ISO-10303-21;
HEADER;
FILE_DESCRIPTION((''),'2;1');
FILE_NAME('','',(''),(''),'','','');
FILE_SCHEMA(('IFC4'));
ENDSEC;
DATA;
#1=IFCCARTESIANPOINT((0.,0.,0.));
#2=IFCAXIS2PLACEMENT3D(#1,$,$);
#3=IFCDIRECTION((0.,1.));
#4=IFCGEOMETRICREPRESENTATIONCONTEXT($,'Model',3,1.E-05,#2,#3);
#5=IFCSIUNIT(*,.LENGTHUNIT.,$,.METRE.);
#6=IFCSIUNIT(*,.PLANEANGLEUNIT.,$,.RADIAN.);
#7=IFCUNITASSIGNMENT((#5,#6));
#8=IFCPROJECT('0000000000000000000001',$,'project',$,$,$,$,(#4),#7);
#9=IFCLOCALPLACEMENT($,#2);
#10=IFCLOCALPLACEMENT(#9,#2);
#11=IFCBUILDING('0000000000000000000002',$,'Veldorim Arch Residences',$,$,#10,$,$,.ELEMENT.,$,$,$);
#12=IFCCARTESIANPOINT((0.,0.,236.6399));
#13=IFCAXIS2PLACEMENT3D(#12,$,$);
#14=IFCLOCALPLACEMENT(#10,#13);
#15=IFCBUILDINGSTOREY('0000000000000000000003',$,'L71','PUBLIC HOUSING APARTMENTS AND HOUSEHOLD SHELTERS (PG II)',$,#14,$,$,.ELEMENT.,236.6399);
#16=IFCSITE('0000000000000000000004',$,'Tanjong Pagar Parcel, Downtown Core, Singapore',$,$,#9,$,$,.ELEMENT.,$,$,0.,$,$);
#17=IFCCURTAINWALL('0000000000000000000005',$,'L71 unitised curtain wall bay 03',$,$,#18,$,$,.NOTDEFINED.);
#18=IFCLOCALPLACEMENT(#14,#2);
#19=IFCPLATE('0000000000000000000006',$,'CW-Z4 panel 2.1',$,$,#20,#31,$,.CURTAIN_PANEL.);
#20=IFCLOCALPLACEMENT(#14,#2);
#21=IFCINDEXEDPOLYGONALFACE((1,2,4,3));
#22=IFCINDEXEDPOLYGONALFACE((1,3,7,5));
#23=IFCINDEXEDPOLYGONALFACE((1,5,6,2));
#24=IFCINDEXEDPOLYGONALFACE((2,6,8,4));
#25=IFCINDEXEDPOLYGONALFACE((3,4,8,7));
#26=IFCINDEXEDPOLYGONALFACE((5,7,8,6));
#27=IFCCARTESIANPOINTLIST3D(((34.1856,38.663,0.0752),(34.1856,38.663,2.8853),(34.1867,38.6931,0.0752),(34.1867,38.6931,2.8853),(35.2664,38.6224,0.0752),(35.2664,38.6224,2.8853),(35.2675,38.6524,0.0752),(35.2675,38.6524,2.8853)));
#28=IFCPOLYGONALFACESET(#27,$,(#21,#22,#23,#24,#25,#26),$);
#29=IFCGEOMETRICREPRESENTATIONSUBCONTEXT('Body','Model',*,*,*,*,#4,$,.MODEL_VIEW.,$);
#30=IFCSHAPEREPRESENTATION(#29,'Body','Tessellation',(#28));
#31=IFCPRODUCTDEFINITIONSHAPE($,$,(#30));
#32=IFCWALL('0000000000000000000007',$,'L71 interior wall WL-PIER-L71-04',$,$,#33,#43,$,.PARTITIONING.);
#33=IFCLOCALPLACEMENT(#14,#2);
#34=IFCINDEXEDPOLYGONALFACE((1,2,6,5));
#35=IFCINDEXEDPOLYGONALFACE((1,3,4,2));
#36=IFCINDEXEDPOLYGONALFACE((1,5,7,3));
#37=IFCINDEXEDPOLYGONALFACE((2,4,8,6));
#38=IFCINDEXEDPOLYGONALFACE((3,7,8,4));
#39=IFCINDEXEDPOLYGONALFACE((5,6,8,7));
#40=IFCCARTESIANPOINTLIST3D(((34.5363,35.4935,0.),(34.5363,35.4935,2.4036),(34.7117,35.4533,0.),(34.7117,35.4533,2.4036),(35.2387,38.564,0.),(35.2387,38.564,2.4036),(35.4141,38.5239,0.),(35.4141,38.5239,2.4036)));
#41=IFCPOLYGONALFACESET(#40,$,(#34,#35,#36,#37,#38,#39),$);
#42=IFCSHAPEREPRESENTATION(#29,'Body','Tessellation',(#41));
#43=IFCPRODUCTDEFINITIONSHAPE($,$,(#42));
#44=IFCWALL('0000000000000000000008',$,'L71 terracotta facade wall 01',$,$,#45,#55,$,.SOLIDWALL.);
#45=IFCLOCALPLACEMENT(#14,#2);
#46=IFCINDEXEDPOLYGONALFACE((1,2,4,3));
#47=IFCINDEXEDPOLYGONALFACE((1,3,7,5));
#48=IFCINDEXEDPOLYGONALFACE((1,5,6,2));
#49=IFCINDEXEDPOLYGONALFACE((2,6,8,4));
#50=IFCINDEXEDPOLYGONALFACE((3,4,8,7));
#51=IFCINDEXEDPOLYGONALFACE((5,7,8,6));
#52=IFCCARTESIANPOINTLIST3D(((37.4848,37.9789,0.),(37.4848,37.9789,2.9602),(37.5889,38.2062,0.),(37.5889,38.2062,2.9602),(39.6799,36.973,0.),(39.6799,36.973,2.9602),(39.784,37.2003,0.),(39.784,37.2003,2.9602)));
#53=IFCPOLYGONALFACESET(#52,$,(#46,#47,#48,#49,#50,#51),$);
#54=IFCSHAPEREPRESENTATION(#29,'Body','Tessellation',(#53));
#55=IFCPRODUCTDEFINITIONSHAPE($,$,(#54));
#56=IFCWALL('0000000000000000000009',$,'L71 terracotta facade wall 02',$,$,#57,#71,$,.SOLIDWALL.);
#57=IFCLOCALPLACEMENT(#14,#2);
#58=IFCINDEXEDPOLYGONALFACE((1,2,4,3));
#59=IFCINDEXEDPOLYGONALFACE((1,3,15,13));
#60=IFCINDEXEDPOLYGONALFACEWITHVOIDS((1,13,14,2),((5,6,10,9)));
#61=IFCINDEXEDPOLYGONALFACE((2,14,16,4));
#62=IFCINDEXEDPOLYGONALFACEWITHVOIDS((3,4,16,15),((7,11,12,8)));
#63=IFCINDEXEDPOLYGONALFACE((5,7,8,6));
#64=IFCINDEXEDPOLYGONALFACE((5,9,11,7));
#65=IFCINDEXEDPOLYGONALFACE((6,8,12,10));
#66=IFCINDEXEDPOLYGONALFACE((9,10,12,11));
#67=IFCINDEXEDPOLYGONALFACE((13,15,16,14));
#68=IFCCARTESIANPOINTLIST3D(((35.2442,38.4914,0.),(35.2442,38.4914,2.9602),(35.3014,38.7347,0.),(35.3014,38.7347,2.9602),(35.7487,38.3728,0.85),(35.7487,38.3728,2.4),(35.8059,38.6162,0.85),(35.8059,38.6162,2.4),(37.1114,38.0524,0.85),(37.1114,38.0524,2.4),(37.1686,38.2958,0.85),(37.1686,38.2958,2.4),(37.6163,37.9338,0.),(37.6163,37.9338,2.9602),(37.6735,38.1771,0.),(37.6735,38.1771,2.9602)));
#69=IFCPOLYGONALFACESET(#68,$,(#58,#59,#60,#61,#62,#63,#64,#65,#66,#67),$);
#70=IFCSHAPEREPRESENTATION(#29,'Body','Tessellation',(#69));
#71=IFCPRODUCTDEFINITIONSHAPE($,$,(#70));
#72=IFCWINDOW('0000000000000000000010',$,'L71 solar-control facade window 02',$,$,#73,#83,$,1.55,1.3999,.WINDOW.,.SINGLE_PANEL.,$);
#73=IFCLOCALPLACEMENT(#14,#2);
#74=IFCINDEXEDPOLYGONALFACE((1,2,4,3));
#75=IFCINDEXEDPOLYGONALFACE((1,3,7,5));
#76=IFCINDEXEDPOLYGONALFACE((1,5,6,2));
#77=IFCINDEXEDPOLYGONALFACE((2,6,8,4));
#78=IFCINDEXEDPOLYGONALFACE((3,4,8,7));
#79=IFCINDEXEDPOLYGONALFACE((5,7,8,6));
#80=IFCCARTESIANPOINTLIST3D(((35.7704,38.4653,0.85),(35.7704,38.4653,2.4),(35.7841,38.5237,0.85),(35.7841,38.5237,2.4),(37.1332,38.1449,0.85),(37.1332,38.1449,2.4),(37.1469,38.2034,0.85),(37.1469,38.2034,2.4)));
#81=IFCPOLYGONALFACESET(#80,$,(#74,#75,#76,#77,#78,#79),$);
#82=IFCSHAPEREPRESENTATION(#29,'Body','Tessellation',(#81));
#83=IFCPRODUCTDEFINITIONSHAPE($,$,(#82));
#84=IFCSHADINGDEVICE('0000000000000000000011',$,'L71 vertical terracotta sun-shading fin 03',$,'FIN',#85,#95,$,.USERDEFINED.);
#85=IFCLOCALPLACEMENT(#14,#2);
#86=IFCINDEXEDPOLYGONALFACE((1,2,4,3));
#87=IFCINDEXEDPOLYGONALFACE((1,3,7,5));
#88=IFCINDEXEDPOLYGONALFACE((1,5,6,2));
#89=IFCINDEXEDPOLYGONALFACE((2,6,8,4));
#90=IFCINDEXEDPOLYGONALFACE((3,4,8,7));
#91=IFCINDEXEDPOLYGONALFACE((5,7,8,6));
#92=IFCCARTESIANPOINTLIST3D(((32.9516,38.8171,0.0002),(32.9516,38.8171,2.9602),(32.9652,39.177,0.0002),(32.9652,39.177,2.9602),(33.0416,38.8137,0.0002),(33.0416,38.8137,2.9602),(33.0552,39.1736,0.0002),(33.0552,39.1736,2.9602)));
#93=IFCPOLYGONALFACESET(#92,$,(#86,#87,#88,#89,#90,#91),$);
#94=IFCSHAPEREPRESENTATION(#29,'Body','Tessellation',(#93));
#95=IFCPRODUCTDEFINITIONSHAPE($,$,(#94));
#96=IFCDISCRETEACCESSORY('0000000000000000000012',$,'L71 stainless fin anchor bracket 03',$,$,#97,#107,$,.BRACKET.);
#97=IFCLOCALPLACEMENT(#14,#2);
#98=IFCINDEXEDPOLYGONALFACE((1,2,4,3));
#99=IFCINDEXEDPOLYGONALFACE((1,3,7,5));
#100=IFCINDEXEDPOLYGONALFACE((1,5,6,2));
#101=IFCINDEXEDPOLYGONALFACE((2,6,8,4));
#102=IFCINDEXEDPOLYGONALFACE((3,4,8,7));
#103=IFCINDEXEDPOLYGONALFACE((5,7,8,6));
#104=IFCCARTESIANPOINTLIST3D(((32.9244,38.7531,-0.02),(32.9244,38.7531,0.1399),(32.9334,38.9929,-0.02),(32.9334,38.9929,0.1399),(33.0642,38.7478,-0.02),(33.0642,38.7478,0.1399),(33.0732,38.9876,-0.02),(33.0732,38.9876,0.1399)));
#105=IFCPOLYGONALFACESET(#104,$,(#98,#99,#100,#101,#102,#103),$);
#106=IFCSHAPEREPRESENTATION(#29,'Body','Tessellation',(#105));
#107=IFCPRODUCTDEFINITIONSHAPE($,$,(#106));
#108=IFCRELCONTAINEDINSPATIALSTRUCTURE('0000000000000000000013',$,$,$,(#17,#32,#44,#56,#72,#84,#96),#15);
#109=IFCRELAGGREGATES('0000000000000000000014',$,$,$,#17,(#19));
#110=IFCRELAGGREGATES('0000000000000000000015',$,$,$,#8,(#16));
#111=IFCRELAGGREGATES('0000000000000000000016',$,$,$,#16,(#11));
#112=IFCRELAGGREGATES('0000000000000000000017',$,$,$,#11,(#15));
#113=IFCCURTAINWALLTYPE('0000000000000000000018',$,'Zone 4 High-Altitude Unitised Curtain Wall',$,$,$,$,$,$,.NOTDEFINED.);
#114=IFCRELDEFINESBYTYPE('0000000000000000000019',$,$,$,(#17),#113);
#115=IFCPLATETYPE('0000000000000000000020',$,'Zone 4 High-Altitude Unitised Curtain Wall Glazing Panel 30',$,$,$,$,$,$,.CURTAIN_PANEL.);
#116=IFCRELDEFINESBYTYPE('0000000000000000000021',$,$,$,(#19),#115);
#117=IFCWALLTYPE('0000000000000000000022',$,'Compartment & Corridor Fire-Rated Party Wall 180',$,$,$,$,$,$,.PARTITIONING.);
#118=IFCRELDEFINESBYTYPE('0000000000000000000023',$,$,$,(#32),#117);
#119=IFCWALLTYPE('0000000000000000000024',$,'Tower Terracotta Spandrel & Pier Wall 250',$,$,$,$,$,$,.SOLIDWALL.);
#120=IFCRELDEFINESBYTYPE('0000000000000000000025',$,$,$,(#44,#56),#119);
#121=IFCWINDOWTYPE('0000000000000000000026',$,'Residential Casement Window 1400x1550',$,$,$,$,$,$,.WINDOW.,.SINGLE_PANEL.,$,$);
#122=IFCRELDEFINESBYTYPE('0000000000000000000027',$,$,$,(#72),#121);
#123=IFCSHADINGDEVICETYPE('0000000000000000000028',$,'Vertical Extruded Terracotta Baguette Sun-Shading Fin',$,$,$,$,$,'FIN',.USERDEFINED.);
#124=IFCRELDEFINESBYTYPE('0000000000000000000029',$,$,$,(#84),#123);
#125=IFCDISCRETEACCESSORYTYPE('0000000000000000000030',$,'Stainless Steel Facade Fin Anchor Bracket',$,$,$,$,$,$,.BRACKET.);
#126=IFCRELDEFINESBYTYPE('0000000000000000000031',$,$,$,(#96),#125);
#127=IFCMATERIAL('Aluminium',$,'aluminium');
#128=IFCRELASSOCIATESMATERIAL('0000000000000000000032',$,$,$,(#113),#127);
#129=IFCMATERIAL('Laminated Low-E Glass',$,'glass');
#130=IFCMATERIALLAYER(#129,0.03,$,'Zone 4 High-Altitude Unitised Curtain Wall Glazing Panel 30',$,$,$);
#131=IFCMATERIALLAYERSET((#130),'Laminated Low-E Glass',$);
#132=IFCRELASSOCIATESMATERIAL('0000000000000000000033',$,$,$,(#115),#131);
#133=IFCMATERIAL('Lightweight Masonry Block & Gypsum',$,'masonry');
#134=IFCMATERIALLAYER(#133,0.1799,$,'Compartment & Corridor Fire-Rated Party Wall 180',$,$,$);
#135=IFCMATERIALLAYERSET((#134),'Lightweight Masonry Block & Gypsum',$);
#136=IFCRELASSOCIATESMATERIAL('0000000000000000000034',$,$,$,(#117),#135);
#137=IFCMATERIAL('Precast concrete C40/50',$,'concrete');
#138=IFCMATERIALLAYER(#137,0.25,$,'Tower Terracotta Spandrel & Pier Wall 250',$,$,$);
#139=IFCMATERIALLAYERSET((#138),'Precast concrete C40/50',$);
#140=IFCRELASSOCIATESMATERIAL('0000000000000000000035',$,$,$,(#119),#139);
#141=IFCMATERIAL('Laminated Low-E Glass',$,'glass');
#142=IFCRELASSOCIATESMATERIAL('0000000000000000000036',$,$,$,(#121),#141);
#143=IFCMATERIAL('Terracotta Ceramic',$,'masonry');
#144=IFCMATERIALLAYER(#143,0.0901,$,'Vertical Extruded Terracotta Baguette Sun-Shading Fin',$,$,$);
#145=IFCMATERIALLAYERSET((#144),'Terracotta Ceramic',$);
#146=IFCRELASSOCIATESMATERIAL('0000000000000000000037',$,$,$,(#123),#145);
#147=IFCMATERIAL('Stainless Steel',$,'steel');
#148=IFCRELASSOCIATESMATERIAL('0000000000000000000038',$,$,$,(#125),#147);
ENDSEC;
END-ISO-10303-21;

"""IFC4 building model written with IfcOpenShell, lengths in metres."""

from ifc_helpers import new_model, si_unit, direction, frame, frame_2d, origin, origin_2d, place, context, subcontext, project, spatial, rectangle, extrude, material, layer, layer_set, type_object, element, fill, aggregate, save


model = new_model("IFC4")

# Units and contexts
model_context = context("Model", 3, precision=1e-05, world=origin(), true_north=direction((0.0, 1.0)))
body_context = subcontext(model_context, "Body", "Model", "MODEL_VIEW")
ifc_project = project(units=[si_unit("LENGTHUNIT", "METRE"), si_unit("PLANEANGLEUNIT", "RADIAN")], contexts=[model_context])

# Site, building, storey
site_placement = place(None, origin())
site = spatial("IfcSite", under=ifc_project, at=site_placement, Name="Tanjong Pagar Parcel, Downtown Core, Singapore", CompositionType="ELEMENT", RefElevation=0.0)
building_placement = place(site_placement, origin())
building = spatial("IfcBuilding", under=site, at=building_placement, Name="Veldorim Arch Residences", CompositionType="ELEMENT")
storey_placement = place(building_placement, frame((0.0, 0.0, 236.6399)))
storey = spatial("IfcBuildingStorey", under=building, at=storey_placement, Name="L71", Description="PUBLIC HOUSING APARTMENTS AND HOUSEHOLD SHELTERS (PG II)", CompositionType="ELEMENT", Elevation=236.6399)

# Curtain wall, plate
ifc_material_1 = material(Name="Aluminium", Category="aluminium")
curtain_wall_type = type_object("IfcCurtainWallType", Name="Zone 4 High-Altitude Unitised Curtain Wall", PredefinedType="NOTDEFINED", material=ifc_material_1)
curtain_wall_placement = place(storey_placement, origin())
curtain_wall = element("IfcCurtainWall", 1, at=curtain_wall_placement, inside=storey, type_object=curtain_wall_type, Name="L71 unitised curtain wall bay 03", PredefinedType="NOTDEFINED")
ifc_material_2 = material(Name="Laminated Low-E Glass", Category="glass")
ifc_layer_1 = layer(ifc_material_2, 0.03, Name="Zone 4 High-Altitude Unitised Curtain Wall Glazing Panel 30")
ifc_layer_set_1 = layer_set([ifc_layer_1], Name="Laminated Low-E Glass")
plate_type = type_object("IfcPlateType", Name="Zone 4 High-Altitude Unitised Curtain Wall Glazing Panel 30", PredefinedType="CURTAIN_PANEL", material=ifc_layer_set_1)
plate_1_placement = place(storey_placement, frame((34.7266, 38.6577, 0.0752), z_axis=(0.0, 0.0, 1.0), x_axis=(0.999293, -0.037606, 0.0)))
plate_1 = element("IfcPlate", 2, at=plate_1_placement, type_object=plate_type, Name="CW-Z4 panel 2.1", PredefinedType="CURTAIN_PANEL", context=body_context, shape_type="SweptSolid", body=[
    extrude(rectangle(XDim=1.0815, YDim=0.03, at=origin_2d()), origin(), (0.0, 0.0, 1.0), 2.8101),
])
aggregate(curtain_wall, [plate_1])

# Walls
ifc_material_3 = material(Name="Lightweight Masonry Block & Gypsum", Category="masonry")
ifc_layer_2 = layer(ifc_material_3, 0.1799, Name="Compartment & Corridor Fire-Rated Party Wall 180")
ifc_layer_set_2 = layer_set([ifc_layer_2], Name="Lightweight Masonry Block & Gypsum")
wall_type_1 = type_object("IfcWallType", Name="Compartment & Corridor Fire-Rated Party Wall 180", PredefinedType="PARTITIONING", material=ifc_layer_set_2)
wall_1_placement = place(storey_placement, frame((34.624, 35.4734, 0.0), z_axis=(0.0, 0.0, 1.0), x_axis=(0.222991, 0.97482, 0.0)))
element("IfcWall", 3, at=wall_1_placement, inside=storey, type_object=wall_type_1, Name="L71 interior wall WL-PIER-L71-04", PredefinedType="PARTITIONING", context=body_context, shape_type="SweptSolid", body=[
    extrude(rectangle(XDim=3.1499, YDim=0.1799, at=frame_2d((1.575, 0.0))), origin(), (0.0, 0.0, 1.0), 2.4036),
])
ifc_material_4 = material(Name="Precast concrete C40/50", Category="concrete")
ifc_layer_3 = layer(ifc_material_4, 0.25, Name="Tower Terracotta Spandrel & Pier Wall 250")
ifc_layer_set_3 = layer_set([ifc_layer_3], Name="Precast concrete C40/50")
wall_type_2 = type_object("IfcWallType", Name="Tower Terracotta Spandrel & Pier Wall 250", PredefinedType="SOLIDWALL", material=ifc_layer_set_3)
wall_2_placement = place(storey_placement, frame((37.5369, 38.0925, 0.0), z_axis=(0.0, 0.0, 1.0), x_axis=(0.909098, -0.416582, 0.0)))
element("IfcWall", 4, at=wall_2_placement, inside=storey, type_object=wall_type_2, Name="L71 terracotta facade wall 01", PredefinedType="SOLIDWALL", context=body_context, shape_type="SweptSolid", body=[
    extrude(rectangle(XDim=2.4146, YDim=0.25, at=frame_2d((1.2073, 0.0))), origin(), (0.0, 0.0, 1.0), 2.9602),
])

# Wall, opening, window
wall_3_placement = place(storey_placement, frame((35.2729, 38.613, 0.0), z_axis=(0.0, 0.0, 1.0), x_axis=(0.973464, -0.228838, 0.0)))
wall_3 = element("IfcWall", 5, at=wall_3_placement, inside=storey, type_object=wall_type_2, Name="L71 terracotta facade wall 02", PredefinedType="SOLIDWALL", context=body_context, shape_type="SweptSolid", body=[
    extrude(rectangle(XDim=2.4368, YDim=0.25, at=frame_2d((1.2183, 0.0))), origin(), (0.0, 0.0, 1.0), 2.9602),
])
opening_placement = place(wall_3_placement, frame((0.5181, 0.0, 0.8501)))
opening = element("IfcOpeningElement", 6, at=opening_placement, cuts=wall_3, PredefinedType="OPENING", context=body_context, shape_type="SweptSolid", body=[
    extrude(rectangle(XDim=1.3999, YDim=1.55, at=frame_2d((0.7, 0.7749))), frame((0.0, 0.135, 0.0), z_axis=(0.0, -1.0, 0.0), x_axis=(1.0, 0.0, 0.0)), (0.0, 0.0, 1.0), 0.27),
])
ifc_material_5 = material(Name="Laminated Low-E Glass", Category="glass")
window_type = type_object("IfcWindowType", Name="Residential Casement Window 1400x1550", PartitioningType="SINGLE_PANEL", PredefinedType="WINDOW", material=ifc_material_5)
window_placement = place(opening_placement, origin())
window = element("IfcWindow", 7, at=window_placement, inside=storey, type_object=window_type, Name="L71 solar-control facade window 02", OverallHeight=1.55, OverallWidth=1.3999, PartitioningType="SINGLE_PANEL", PredefinedType="WINDOW", context=body_context, shape_type="SweptSolid", body=[
    extrude(rectangle(XDim=1.3999, YDim=1.55, at=frame_2d((0.7, 0.7749))), frame((0.0, 0.03, 0.0), z_axis=(0.0, -1.0, 0.0), x_axis=(1.0, 0.0, 0.0)), (0.0, 0.0, 1.0), 0.0601),
])
fill(opening, window)

# Shading device
ifc_material_6 = material(Name="Terracotta Ceramic", Category="masonry")
ifc_layer_4 = layer(ifc_material_6, 0.0901, Name="Vertical Extruded Terracotta Baguette Sun-Shading Fin")
ifc_layer_set_4 = layer_set([ifc_layer_4], Name="Terracotta Ceramic")
shading_device_type = type_object("IfcShadingDeviceType", Name="Vertical Extruded Terracotta Baguette Sun-Shading Fin", ElementType="FIN", PredefinedType="USERDEFINED", material=ifc_layer_set_4)
shading_device_placement = place(storey_placement, frame((33.0034, 38.9954, 0.0002), z_axis=(0.0, 0.0, 1.0), x_axis=(0.999289, -0.03769, 0.0)))
element("IfcShadingDevice", 8, at=shading_device_placement, inside=storey, type_object=shading_device_type, Name="L71 vertical terracotta sun-shading fin 03", ObjectType="FIN", PredefinedType="USERDEFINED", context=body_context, shape_type="SweptSolid", body=[
    extrude(rectangle(XDim=0.0901, YDim=0.3601, at=origin_2d()), origin(), (0.0, 0.0, 1.0), 2.96),
])

# Discrete accessory
ifc_material_7 = material(Name="Stainless Steel", Category="steel")
discrete_accessory_type = type_object("IfcDiscreteAccessoryType", Name="Stainless Steel Facade Fin Anchor Bracket", PredefinedType="BRACKET", material=ifc_material_7)
discrete_accessory_placement = place(storey_placement, frame((32.9988, 38.8704, -0.02), z_axis=(0.0, 0.0, 1.0), x_axis=(0.999289, -0.03769, 0.0)))
element("IfcDiscreteAccessory", 9, at=discrete_accessory_placement, inside=storey, type_object=discrete_accessory_type, Name="L71 stainless fin anchor bracket 03", PredefinedType="BRACKET", context=body_context, shape_type="SweptSolid", body=[
    extrude(rectangle(XDim=0.1399, YDim=0.24, at=origin_2d()), origin(), (0.0, 0.0, 1.0), 0.1599),
])

save(model, "model.ifc")
